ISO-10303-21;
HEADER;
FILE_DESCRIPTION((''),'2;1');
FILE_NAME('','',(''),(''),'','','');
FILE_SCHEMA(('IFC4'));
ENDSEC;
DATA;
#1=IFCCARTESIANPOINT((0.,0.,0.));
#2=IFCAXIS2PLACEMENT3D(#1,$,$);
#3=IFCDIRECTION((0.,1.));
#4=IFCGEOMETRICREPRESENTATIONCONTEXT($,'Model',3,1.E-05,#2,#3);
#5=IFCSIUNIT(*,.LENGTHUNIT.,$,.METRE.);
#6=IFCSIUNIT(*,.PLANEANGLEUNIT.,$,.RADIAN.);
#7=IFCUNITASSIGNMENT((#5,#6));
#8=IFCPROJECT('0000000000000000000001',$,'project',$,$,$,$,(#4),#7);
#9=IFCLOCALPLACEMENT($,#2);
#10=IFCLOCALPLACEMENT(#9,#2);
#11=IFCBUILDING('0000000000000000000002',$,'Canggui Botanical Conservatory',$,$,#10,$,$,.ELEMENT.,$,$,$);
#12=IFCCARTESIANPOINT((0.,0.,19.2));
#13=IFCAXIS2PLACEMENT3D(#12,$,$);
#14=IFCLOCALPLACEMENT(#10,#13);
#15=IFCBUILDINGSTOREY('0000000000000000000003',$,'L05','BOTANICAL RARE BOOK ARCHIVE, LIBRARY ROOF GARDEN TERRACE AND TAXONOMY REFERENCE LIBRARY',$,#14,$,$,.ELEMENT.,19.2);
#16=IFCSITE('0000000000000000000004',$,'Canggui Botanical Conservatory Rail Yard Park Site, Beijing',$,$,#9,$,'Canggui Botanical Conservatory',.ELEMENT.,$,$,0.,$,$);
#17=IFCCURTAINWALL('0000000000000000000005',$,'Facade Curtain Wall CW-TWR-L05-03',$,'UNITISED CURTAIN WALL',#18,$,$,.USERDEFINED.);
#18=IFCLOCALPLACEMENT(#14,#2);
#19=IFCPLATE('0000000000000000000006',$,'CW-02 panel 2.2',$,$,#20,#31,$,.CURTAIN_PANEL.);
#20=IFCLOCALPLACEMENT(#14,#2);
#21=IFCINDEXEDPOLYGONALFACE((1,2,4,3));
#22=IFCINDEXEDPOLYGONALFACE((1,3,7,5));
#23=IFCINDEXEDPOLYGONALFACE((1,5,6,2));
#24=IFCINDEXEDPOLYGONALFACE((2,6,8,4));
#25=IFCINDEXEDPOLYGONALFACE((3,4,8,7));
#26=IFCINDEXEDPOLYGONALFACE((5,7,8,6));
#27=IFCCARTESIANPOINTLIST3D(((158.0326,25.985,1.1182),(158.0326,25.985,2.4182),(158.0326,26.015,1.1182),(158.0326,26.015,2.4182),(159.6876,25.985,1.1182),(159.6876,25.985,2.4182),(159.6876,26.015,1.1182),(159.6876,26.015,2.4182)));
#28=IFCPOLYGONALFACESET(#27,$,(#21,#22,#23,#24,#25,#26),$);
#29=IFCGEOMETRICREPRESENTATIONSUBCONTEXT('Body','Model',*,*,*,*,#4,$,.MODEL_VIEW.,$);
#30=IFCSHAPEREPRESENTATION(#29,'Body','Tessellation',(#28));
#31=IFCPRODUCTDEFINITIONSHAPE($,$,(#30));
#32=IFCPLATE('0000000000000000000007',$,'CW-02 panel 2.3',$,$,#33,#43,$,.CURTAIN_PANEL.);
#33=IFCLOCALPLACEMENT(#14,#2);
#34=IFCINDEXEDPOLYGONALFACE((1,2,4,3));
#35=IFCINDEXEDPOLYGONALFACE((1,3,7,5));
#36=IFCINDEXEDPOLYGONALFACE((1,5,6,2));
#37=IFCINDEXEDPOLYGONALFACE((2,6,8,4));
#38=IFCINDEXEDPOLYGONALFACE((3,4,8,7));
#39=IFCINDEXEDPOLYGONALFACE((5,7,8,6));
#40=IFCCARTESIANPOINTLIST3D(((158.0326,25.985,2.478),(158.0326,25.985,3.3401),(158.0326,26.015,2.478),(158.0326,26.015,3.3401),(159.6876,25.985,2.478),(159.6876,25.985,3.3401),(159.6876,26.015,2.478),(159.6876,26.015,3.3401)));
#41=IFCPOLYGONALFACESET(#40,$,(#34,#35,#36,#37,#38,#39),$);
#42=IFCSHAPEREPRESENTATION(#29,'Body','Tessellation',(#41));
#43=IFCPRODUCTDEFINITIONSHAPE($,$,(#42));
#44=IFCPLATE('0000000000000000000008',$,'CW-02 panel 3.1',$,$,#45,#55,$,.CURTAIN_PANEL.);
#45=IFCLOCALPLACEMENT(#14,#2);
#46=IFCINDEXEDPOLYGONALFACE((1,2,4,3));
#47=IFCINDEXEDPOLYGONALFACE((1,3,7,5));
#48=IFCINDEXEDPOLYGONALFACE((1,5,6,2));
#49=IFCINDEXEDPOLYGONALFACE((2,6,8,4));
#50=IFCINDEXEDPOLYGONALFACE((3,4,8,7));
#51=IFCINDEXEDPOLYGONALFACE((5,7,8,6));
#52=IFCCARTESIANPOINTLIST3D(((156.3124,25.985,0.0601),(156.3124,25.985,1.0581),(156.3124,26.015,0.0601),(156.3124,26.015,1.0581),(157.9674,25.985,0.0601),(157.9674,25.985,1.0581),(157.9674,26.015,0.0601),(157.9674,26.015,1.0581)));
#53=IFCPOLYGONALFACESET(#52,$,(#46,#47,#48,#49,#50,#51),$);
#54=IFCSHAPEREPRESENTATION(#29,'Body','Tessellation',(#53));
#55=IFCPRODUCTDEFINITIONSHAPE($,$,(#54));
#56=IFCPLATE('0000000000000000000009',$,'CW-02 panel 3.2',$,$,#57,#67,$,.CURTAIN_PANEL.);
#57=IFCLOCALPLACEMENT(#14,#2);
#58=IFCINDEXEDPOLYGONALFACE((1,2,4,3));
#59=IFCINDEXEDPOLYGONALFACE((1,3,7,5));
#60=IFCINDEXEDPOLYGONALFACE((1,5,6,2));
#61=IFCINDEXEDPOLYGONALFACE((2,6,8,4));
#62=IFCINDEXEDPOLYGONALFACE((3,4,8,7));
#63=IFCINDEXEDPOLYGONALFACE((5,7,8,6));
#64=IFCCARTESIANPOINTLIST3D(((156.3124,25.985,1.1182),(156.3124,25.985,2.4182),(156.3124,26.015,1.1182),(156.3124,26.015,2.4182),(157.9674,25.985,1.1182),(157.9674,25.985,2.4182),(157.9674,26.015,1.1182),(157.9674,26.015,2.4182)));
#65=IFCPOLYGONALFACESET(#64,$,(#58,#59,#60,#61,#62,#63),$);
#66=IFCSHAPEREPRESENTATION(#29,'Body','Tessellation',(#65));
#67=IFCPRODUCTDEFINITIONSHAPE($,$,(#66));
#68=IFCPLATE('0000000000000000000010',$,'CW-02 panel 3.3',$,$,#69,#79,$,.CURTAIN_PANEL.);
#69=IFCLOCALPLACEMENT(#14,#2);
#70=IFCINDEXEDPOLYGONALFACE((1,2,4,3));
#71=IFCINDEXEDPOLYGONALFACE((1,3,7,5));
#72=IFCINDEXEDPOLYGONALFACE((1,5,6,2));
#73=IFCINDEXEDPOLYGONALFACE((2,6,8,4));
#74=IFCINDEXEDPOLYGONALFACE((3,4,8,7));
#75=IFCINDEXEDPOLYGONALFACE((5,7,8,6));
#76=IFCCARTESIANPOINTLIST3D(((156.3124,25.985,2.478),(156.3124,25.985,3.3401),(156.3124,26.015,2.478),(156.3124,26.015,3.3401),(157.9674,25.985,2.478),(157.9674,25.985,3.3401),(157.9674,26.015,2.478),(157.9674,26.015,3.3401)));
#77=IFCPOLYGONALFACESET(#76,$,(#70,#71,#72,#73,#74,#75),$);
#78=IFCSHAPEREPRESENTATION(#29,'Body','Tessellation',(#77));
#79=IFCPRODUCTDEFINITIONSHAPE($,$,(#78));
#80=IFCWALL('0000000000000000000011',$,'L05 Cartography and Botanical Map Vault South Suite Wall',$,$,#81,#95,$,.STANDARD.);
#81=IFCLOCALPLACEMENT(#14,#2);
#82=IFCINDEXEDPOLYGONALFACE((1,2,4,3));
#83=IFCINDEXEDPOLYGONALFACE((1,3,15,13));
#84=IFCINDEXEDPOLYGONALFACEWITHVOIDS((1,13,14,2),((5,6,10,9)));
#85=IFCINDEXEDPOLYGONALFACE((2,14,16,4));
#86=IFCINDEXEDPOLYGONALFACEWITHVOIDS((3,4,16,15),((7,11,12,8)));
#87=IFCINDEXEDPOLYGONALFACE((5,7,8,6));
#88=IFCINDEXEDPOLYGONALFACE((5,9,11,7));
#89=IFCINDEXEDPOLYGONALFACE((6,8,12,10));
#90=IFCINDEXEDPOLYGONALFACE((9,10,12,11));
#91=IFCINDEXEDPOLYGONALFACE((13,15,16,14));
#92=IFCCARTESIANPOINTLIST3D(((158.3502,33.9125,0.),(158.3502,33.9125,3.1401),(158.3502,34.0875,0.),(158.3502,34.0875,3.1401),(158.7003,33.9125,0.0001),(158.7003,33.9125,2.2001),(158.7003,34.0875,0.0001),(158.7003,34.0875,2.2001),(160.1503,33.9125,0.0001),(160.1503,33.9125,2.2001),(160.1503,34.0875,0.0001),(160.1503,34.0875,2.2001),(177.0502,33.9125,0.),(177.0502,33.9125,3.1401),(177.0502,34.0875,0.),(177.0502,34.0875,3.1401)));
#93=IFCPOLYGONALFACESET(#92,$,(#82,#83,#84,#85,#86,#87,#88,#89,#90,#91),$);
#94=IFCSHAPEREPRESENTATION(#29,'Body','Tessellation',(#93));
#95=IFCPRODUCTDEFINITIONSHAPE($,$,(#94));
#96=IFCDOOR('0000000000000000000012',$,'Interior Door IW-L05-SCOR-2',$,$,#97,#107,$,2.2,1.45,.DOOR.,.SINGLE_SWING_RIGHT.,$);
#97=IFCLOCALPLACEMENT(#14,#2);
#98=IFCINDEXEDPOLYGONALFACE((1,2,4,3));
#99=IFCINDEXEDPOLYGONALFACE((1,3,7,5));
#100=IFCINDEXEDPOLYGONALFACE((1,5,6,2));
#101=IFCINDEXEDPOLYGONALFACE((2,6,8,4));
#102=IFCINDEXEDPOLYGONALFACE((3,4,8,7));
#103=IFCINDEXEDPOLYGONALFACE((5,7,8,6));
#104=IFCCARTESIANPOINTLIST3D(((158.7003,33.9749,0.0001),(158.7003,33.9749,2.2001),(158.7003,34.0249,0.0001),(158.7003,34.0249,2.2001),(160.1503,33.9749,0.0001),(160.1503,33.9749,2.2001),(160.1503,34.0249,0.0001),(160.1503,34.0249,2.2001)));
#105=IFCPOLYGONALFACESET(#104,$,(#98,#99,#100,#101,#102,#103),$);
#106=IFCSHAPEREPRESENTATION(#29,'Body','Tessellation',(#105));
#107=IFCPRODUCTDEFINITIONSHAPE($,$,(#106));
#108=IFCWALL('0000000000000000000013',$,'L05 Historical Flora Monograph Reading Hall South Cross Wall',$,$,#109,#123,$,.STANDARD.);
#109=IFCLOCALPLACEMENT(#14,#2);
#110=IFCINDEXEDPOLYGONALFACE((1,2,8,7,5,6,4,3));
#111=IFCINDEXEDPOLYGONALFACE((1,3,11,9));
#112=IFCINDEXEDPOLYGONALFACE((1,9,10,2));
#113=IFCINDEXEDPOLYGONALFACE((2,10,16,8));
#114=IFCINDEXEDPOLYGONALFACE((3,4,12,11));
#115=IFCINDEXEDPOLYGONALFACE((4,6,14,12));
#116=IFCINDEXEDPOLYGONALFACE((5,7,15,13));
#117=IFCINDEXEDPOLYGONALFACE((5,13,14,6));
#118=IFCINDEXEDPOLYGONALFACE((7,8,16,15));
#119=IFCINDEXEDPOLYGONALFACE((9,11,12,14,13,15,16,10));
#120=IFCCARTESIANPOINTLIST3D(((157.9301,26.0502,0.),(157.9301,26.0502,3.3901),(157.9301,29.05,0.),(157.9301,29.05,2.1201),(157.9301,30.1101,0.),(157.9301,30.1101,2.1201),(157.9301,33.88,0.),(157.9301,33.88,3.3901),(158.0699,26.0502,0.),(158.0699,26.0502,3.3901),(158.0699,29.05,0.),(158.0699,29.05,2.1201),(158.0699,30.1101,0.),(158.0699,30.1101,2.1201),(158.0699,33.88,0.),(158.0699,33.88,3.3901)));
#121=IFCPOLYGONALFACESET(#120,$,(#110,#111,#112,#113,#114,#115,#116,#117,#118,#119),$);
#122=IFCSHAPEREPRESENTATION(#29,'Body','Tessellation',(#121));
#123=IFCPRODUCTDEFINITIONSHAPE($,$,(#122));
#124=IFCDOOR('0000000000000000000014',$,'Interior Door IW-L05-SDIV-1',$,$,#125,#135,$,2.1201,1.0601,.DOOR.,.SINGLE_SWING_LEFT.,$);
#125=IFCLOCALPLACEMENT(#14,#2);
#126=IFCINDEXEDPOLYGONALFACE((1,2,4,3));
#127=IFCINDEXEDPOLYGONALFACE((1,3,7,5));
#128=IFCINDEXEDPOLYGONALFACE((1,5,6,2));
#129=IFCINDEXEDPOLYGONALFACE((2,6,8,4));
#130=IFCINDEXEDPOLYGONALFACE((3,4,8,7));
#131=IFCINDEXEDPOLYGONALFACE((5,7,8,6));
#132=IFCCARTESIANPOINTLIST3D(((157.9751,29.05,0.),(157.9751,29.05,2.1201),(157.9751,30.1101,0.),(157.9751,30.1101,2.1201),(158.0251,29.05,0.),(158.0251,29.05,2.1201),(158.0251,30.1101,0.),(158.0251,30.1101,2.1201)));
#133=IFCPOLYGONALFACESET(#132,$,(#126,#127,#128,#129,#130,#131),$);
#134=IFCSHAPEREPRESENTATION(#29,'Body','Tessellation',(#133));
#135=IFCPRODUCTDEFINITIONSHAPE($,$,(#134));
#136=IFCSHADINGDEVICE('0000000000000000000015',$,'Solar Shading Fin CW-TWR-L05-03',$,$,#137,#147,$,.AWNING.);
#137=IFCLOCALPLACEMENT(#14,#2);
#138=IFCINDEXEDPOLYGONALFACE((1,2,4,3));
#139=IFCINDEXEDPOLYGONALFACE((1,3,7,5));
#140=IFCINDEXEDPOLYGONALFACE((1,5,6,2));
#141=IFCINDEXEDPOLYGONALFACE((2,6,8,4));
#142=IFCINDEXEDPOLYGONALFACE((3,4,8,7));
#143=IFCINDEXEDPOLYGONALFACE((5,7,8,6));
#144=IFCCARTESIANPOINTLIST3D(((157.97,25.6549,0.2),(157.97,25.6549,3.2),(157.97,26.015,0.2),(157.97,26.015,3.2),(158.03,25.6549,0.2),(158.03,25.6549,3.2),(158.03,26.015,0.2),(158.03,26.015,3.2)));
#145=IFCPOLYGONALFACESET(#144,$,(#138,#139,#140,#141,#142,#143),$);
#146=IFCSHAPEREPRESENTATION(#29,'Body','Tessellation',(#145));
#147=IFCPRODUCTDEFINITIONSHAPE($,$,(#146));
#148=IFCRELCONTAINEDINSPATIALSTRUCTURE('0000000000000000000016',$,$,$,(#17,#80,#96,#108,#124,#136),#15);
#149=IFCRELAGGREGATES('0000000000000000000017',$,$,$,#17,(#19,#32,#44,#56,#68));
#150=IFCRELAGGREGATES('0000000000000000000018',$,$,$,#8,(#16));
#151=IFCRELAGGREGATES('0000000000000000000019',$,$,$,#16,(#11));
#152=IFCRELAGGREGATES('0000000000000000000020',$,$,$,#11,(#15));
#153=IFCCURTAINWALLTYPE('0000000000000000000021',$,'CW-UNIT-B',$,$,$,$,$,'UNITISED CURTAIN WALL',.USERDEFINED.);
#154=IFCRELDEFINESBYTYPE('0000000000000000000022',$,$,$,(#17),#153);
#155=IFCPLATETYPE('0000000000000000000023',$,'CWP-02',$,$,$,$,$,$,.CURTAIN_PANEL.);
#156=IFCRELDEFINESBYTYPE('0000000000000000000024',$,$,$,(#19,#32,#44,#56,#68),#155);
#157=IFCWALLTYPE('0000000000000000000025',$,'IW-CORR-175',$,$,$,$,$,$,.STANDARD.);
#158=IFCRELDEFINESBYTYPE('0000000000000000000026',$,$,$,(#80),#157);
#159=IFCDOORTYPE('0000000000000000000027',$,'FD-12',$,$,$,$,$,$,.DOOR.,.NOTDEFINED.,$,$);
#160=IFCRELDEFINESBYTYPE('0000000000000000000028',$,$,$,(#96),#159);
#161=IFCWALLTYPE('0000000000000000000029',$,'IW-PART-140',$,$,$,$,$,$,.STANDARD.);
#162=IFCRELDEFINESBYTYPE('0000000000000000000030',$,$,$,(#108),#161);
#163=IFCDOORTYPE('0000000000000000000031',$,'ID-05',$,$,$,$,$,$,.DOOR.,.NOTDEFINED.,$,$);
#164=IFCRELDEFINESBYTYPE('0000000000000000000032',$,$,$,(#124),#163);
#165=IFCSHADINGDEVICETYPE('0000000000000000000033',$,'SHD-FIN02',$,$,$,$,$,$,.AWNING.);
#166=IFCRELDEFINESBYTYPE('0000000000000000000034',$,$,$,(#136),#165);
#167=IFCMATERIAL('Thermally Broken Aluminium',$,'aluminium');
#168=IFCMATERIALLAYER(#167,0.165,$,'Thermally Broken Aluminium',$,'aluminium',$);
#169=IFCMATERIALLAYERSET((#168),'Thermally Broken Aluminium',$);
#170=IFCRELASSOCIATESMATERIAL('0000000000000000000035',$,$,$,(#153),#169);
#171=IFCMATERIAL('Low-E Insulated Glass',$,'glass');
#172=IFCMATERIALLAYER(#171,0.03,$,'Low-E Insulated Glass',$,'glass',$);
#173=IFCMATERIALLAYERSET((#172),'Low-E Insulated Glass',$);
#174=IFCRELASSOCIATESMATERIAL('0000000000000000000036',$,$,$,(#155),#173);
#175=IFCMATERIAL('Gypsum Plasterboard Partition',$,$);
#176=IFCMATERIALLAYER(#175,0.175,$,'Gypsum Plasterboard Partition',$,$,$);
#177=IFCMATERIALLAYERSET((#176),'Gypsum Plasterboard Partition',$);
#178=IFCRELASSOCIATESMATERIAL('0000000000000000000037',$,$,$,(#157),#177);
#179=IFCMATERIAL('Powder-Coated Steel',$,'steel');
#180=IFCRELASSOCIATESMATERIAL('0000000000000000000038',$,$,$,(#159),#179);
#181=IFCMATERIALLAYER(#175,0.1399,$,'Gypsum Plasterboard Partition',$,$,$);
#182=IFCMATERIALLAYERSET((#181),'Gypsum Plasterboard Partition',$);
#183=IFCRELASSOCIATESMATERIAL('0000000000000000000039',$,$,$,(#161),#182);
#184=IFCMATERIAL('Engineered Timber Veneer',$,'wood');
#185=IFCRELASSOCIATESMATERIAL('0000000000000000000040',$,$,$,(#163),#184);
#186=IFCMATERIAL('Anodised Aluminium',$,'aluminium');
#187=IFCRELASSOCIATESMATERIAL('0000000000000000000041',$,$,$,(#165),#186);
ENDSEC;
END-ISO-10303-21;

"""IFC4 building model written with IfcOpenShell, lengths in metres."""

from ifc_helpers import new_model, si_unit, direction, frame, frame_2d, origin, origin_2d, place, context, subcontext, project, spatial, rectangle, extrude, material, layer, layer_set, type_object, element, fill, aggregate, save


model = new_model("IFC4")

# Units and contexts
model_context = context("Model", 3, precision=1e-05, world=origin(), true_north=direction((0.0, 1.0)))
body_context = subcontext(model_context, "Body", "Model", "MODEL_VIEW")
ifc_project = project(units=[si_unit("LENGTHUNIT", "METRE"), si_unit("PLANEANGLEUNIT", "RADIAN")], contexts=[model_context])

# Site, building, storey
site_placement = place(None, origin())
site = spatial("IfcSite", under=ifc_project, at=site_placement, Name="Canggui Botanical Conservatory Rail Yard Park Site, Beijing", LongName="Canggui Botanical Conservatory", CompositionType="ELEMENT", RefElevation=0.0)
building_placement = place(site_placement, origin())
building = spatial("IfcBuilding", under=site, at=building_placement, Name="Canggui Botanical Conservatory", CompositionType="ELEMENT")
storey_placement = place(building_placement, frame((0.0, 0.0, 19.2)))
storey = spatial("IfcBuildingStorey", under=building, at=storey_placement, Name="L05", Description="BOTANICAL RARE BOOK ARCHIVE, LIBRARY ROOF GARDEN TERRACE AND TAXONOMY REFERENCE LIBRARY", CompositionType="ELEMENT", Elevation=19.2)

# Curtain wall, plates
ifc_material_1 = material(Name="Thermally Broken Aluminium", Category="aluminium")
ifc_layer_1 = layer(ifc_material_1, 0.165, Name="Thermally Broken Aluminium", Category="aluminium")
ifc_layer_set_1 = layer_set([ifc_layer_1], Name="Thermally Broken Aluminium")
curtain_wall_type = type_object("IfcCurtainWallType", Name="CW-UNIT-B", ElementType="UNITISED CURTAIN WALL", PredefinedType="USERDEFINED", material=ifc_layer_set_1)
curtain_wall_placement = place(storey_placement, origin())
curtain_wall = element("IfcCurtainWall", 1, at=curtain_wall_placement, inside=storey, type_object=curtain_wall_type, Name="Facade Curtain Wall CW-TWR-L05-03", ObjectType="UNITISED CURTAIN WALL", PredefinedType="USERDEFINED")
ifc_material_2 = material(Name="Low-E Insulated Glass", Category="glass")
ifc_layer_2 = layer(ifc_material_2, 0.03, Name="Low-E Insulated Glass", Category="glass")
ifc_layer_set_2 = layer_set([ifc_layer_2], Name="Low-E Insulated Glass")
plate_type = type_object("IfcPlateType", Name="CWP-02", PredefinedType="CURTAIN_PANEL", material=ifc_layer_set_2)
plate_1_placement = place(storey_placement, frame((158.8601, 26.0, 1.1182), z_axis=(0.0, 0.0, 1.0), x_axis=(-1.0, 0.0, 0.0)))
plate_1 = element("IfcPlate", 2, at=plate_1_placement, type_object=plate_type, Name="CW-02 panel 2.2", PredefinedType="CURTAIN_PANEL", context=body_context, shape_type="SweptSolid", body=[
    extrude(rectangle(XDim=1.655, YDim=0.03, at=origin_2d()), origin(), (0.0, 0.0, 1.0), 1.3),
])
plate_2_placement = place(storey_placement, frame((158.8601, 26.0, 2.478), z_axis=(0.0, 0.0, 1.0), x_axis=(-1.0, 0.0, 0.0)))
plate_2 = element("IfcPlate", 3, at=plate_2_placement, type_object=plate_type, Name="CW-02 panel 2.3", PredefinedType="CURTAIN_PANEL", context=body_context, shape_type="SweptSolid", body=[
    extrude(rectangle(XDim=1.655, YDim=0.03, at=origin_2d()), origin(), (0.0, 0.0, 1.0), 0.8621),
])
plate_3_placement = place(storey_placement, frame((157.1399, 26.0, 0.0601), z_axis=(0.0, 0.0, 1.0), x_axis=(-1.0, 0.0, 0.0)))
plate_3 = element("IfcPlate", 4, at=plate_3_placement, type_object=plate_type, Name="CW-02 panel 3.1", PredefinedType="CURTAIN_PANEL", context=body_context, shape_type="SweptSolid", body=[
    extrude(rectangle(XDim=1.655, YDim=0.03, at=origin_2d()), origin(), (0.0, 0.0, 1.0), 0.998),
])
plate_4_placement = place(storey_placement, frame((157.1399, 26.0, 1.1182), z_axis=(0.0, 0.0, 1.0), x_axis=(-1.0, 0.0, 0.0)))
plate_4 = element("IfcPlate", 5, at=plate_4_placement, type_object=plate_type, Name="CW-02 panel 3.2", PredefinedType="CURTAIN_PANEL", context=body_context, shape_type="SweptSolid", body=[
    extrude(rectangle(XDim=1.655, YDim=0.03, at=origin_2d()), origin(), (0.0, 0.0, 1.0), 1.3),
])
plate_5_placement = place(storey_placement, frame((157.1399, 26.0, 2.478), z_axis=(0.0, 0.0, 1.0), x_axis=(-1.0, 0.0, 0.0)))
plate_5 = element("IfcPlate", 6, at=plate_5_placement, type_object=plate_type, Name="CW-02 panel 3.3", PredefinedType="CURTAIN_PANEL", context=body_context, shape_type="SweptSolid", body=[
    extrude(rectangle(XDim=1.655, YDim=0.03, at=origin_2d()), origin(), (0.0, 0.0, 1.0), 0.8621),
])
aggregate(curtain_wall, [plate_1, plate_2, plate_3, plate_4, plate_5])

# Walls, openings, doors
ifc_material_3 = material(Name="Gypsum Plasterboard Partition")
ifc_layer_3 = layer(ifc_material_3, 0.175, Name="Gypsum Plasterboard Partition")
ifc_layer_set_3 = layer_set([ifc_layer_3], Name="Gypsum Plasterboard Partition")
wall_type_1 = type_object("IfcWallType", Name="IW-CORR-175", PredefinedType="STANDARD", material=ifc_layer_set_3)
wall_1_placement = place(storey_placement, frame((158.3501, 34.0, 0.0), z_axis=(0.0, 0.0, 1.0), x_axis=(1.0, 0.0, 0.0)))
wall_1 = element("IfcWall", 7, at=wall_1_placement, inside=storey, type_object=wall_type_1, Name="L05 Cartography and Botanical Map Vault South Suite Wall", PredefinedType="STANDARD", context=body_context, shape_type="SweptSolid", body=[
    extrude(rectangle(XDim=18.7, YDim=0.175, at=frame_2d((9.3501, 0.0))), origin(), (0.0, 0.0, 1.0), 3.1401),
])
opening_1_placement = place(wall_1_placement, frame((0.3501, 0.0, 0.0)))
opening_1 = element("IfcOpeningElement", 8, at=opening_1_placement, cuts=wall_1, PredefinedType="OPENING", context=body_context, shape_type="SweptSolid", body=[
    extrude(rectangle(XDim=1.45, YDim=2.2, at=frame_2d((0.7251, 1.1001))), frame((0.0, 0.0977, 0.0), z_axis=(0.0, -1.0, 0.0), x_axis=(1.0, 0.0, 0.0)), (0.0, 0.0, 1.0), 0.1951),
])
ifc_material_4 = material(Name="Powder-Coated Steel", Category="steel")
door_type_1 = type_object("IfcDoorType", Name="FD-12", OperationType="NOTDEFINED", PredefinedType="DOOR", material=ifc_material_4)
door_1_placement = place(opening_1_placement, origin())
door_1 = element("IfcDoor", 9, at=door_1_placement, inside=storey, type_object=door_type_1, Name="Interior Door IW-L05-SCOR-2", OperationType="SINGLE_SWING_RIGHT", OverallHeight=2.2, OverallWidth=1.45, PredefinedType="DOOR", context=body_context, shape_type="SweptSolid", body=[
    extrude(rectangle(XDim=1.45, YDim=2.2, at=frame_2d((0.7251, 1.1001))), frame((0.0, 0.0249, 0.0), z_axis=(0.0, -1.0, 0.0), x_axis=(1.0, 0.0, 0.0)), (0.0, 0.0, 1.0), 0.05),
])
fill(opening_1, door_1)
ifc_layer_4 = layer(ifc_material_3, 0.1399, Name="Gypsum Plasterboard Partition")
ifc_layer_set_4 = layer_set([ifc_layer_4], Name="Gypsum Plasterboard Partition")
wall_type_2 = type_object("IfcWallType", Name="IW-PART-140", PredefinedType="STANDARD", material=ifc_layer_set_4)
wall_2_placement = place(storey_placement, frame((158.0, 26.05, 0.0), z_axis=(0.0, 0.0, 1.0), x_axis=(0.0, 1.0, 0.0)))
wall_2 = element("IfcWall", 10, at=wall_2_placement, inside=storey, type_object=wall_type_2, Name="L05 Historical Flora Monograph Reading Hall South Cross Wall", PredefinedType="STANDARD", context=body_context, shape_type="SweptSolid", body=[
    extrude(rectangle(XDim=7.8298, YDim=0.1399, at=frame_2d((3.915, 0.0))), origin(), (0.0, 0.0, 1.0), 3.3901),
])
opening_2_placement = place(wall_2_placement, frame((3.0, 0.0, 0.0)))
opening_2 = element("IfcOpeningElement", 11, at=opening_2_placement, cuts=wall_2, PredefinedType="OPENING", context=body_context, shape_type="SweptSolid", body=[
    extrude(rectangle(XDim=1.0601, YDim=2.1201, at=frame_2d((0.53, 1.0601))), frame((0.0, 0.0801, 0.0), z_axis=(0.0, -1.0, 0.0), x_axis=(1.0, 0.0, 0.0)), (0.0, 0.0, 1.0), 0.1599),
])
ifc_material_5 = material(Name="Engineered Timber Veneer", Category="wood")
door_type_2 = type_object("IfcDoorType", Name="ID-05", OperationType="NOTDEFINED", PredefinedType="DOOR", material=ifc_material_5)
door_2_placement = place(opening_2_placement, origin())
door_2 = element("IfcDoor", 12, at=door_2_placement, inside=storey, type_object=door_type_2, Name="Interior Door IW-L05-SDIV-1", OperationType="SINGLE_SWING_LEFT", OverallHeight=2.1201, OverallWidth=1.0601, PredefinedType="DOOR", context=body_context, shape_type="SweptSolid", body=[
    extrude(rectangle(XDim=1.0601, YDim=2.1201, at=frame_2d((0.53, 1.0601))), frame((0.0, 0.0249, 0.0), z_axis=(0.0, -1.0, 0.0), x_axis=(1.0, 0.0, 0.0)), (0.0, 0.0, 1.0), 0.05),
])
fill(opening_2, door_2)

# Shading device
ifc_material_6 = material(Name="Anodised Aluminium", Category="aluminium")
shading_device_type = type_object("IfcShadingDeviceType", Name="SHD-FIN02", PredefinedType="AWNING", material=ifc_material_6)
shading_device_placement = place(storey_placement, frame((158.0, 25.835, 0.2), z_axis=(0.0, 0.0, 1.0), x_axis=(-1.0, 0.0, 0.0)))
element("IfcShadingDevice", 13, at=shading_device_placement, inside=storey, type_object=shading_device_type, Name="Solar Shading Fin CW-TWR-L05-03", PredefinedType="AWNING", context=body_context, shape_type="SweptSolid", body=[
    extrude(rectangle(XDim=0.0601, YDim=0.3601, at=origin_2d()), origin(), (0.0, 0.0, 1.0), 3.0),
])

save(model, "model.ifc")
